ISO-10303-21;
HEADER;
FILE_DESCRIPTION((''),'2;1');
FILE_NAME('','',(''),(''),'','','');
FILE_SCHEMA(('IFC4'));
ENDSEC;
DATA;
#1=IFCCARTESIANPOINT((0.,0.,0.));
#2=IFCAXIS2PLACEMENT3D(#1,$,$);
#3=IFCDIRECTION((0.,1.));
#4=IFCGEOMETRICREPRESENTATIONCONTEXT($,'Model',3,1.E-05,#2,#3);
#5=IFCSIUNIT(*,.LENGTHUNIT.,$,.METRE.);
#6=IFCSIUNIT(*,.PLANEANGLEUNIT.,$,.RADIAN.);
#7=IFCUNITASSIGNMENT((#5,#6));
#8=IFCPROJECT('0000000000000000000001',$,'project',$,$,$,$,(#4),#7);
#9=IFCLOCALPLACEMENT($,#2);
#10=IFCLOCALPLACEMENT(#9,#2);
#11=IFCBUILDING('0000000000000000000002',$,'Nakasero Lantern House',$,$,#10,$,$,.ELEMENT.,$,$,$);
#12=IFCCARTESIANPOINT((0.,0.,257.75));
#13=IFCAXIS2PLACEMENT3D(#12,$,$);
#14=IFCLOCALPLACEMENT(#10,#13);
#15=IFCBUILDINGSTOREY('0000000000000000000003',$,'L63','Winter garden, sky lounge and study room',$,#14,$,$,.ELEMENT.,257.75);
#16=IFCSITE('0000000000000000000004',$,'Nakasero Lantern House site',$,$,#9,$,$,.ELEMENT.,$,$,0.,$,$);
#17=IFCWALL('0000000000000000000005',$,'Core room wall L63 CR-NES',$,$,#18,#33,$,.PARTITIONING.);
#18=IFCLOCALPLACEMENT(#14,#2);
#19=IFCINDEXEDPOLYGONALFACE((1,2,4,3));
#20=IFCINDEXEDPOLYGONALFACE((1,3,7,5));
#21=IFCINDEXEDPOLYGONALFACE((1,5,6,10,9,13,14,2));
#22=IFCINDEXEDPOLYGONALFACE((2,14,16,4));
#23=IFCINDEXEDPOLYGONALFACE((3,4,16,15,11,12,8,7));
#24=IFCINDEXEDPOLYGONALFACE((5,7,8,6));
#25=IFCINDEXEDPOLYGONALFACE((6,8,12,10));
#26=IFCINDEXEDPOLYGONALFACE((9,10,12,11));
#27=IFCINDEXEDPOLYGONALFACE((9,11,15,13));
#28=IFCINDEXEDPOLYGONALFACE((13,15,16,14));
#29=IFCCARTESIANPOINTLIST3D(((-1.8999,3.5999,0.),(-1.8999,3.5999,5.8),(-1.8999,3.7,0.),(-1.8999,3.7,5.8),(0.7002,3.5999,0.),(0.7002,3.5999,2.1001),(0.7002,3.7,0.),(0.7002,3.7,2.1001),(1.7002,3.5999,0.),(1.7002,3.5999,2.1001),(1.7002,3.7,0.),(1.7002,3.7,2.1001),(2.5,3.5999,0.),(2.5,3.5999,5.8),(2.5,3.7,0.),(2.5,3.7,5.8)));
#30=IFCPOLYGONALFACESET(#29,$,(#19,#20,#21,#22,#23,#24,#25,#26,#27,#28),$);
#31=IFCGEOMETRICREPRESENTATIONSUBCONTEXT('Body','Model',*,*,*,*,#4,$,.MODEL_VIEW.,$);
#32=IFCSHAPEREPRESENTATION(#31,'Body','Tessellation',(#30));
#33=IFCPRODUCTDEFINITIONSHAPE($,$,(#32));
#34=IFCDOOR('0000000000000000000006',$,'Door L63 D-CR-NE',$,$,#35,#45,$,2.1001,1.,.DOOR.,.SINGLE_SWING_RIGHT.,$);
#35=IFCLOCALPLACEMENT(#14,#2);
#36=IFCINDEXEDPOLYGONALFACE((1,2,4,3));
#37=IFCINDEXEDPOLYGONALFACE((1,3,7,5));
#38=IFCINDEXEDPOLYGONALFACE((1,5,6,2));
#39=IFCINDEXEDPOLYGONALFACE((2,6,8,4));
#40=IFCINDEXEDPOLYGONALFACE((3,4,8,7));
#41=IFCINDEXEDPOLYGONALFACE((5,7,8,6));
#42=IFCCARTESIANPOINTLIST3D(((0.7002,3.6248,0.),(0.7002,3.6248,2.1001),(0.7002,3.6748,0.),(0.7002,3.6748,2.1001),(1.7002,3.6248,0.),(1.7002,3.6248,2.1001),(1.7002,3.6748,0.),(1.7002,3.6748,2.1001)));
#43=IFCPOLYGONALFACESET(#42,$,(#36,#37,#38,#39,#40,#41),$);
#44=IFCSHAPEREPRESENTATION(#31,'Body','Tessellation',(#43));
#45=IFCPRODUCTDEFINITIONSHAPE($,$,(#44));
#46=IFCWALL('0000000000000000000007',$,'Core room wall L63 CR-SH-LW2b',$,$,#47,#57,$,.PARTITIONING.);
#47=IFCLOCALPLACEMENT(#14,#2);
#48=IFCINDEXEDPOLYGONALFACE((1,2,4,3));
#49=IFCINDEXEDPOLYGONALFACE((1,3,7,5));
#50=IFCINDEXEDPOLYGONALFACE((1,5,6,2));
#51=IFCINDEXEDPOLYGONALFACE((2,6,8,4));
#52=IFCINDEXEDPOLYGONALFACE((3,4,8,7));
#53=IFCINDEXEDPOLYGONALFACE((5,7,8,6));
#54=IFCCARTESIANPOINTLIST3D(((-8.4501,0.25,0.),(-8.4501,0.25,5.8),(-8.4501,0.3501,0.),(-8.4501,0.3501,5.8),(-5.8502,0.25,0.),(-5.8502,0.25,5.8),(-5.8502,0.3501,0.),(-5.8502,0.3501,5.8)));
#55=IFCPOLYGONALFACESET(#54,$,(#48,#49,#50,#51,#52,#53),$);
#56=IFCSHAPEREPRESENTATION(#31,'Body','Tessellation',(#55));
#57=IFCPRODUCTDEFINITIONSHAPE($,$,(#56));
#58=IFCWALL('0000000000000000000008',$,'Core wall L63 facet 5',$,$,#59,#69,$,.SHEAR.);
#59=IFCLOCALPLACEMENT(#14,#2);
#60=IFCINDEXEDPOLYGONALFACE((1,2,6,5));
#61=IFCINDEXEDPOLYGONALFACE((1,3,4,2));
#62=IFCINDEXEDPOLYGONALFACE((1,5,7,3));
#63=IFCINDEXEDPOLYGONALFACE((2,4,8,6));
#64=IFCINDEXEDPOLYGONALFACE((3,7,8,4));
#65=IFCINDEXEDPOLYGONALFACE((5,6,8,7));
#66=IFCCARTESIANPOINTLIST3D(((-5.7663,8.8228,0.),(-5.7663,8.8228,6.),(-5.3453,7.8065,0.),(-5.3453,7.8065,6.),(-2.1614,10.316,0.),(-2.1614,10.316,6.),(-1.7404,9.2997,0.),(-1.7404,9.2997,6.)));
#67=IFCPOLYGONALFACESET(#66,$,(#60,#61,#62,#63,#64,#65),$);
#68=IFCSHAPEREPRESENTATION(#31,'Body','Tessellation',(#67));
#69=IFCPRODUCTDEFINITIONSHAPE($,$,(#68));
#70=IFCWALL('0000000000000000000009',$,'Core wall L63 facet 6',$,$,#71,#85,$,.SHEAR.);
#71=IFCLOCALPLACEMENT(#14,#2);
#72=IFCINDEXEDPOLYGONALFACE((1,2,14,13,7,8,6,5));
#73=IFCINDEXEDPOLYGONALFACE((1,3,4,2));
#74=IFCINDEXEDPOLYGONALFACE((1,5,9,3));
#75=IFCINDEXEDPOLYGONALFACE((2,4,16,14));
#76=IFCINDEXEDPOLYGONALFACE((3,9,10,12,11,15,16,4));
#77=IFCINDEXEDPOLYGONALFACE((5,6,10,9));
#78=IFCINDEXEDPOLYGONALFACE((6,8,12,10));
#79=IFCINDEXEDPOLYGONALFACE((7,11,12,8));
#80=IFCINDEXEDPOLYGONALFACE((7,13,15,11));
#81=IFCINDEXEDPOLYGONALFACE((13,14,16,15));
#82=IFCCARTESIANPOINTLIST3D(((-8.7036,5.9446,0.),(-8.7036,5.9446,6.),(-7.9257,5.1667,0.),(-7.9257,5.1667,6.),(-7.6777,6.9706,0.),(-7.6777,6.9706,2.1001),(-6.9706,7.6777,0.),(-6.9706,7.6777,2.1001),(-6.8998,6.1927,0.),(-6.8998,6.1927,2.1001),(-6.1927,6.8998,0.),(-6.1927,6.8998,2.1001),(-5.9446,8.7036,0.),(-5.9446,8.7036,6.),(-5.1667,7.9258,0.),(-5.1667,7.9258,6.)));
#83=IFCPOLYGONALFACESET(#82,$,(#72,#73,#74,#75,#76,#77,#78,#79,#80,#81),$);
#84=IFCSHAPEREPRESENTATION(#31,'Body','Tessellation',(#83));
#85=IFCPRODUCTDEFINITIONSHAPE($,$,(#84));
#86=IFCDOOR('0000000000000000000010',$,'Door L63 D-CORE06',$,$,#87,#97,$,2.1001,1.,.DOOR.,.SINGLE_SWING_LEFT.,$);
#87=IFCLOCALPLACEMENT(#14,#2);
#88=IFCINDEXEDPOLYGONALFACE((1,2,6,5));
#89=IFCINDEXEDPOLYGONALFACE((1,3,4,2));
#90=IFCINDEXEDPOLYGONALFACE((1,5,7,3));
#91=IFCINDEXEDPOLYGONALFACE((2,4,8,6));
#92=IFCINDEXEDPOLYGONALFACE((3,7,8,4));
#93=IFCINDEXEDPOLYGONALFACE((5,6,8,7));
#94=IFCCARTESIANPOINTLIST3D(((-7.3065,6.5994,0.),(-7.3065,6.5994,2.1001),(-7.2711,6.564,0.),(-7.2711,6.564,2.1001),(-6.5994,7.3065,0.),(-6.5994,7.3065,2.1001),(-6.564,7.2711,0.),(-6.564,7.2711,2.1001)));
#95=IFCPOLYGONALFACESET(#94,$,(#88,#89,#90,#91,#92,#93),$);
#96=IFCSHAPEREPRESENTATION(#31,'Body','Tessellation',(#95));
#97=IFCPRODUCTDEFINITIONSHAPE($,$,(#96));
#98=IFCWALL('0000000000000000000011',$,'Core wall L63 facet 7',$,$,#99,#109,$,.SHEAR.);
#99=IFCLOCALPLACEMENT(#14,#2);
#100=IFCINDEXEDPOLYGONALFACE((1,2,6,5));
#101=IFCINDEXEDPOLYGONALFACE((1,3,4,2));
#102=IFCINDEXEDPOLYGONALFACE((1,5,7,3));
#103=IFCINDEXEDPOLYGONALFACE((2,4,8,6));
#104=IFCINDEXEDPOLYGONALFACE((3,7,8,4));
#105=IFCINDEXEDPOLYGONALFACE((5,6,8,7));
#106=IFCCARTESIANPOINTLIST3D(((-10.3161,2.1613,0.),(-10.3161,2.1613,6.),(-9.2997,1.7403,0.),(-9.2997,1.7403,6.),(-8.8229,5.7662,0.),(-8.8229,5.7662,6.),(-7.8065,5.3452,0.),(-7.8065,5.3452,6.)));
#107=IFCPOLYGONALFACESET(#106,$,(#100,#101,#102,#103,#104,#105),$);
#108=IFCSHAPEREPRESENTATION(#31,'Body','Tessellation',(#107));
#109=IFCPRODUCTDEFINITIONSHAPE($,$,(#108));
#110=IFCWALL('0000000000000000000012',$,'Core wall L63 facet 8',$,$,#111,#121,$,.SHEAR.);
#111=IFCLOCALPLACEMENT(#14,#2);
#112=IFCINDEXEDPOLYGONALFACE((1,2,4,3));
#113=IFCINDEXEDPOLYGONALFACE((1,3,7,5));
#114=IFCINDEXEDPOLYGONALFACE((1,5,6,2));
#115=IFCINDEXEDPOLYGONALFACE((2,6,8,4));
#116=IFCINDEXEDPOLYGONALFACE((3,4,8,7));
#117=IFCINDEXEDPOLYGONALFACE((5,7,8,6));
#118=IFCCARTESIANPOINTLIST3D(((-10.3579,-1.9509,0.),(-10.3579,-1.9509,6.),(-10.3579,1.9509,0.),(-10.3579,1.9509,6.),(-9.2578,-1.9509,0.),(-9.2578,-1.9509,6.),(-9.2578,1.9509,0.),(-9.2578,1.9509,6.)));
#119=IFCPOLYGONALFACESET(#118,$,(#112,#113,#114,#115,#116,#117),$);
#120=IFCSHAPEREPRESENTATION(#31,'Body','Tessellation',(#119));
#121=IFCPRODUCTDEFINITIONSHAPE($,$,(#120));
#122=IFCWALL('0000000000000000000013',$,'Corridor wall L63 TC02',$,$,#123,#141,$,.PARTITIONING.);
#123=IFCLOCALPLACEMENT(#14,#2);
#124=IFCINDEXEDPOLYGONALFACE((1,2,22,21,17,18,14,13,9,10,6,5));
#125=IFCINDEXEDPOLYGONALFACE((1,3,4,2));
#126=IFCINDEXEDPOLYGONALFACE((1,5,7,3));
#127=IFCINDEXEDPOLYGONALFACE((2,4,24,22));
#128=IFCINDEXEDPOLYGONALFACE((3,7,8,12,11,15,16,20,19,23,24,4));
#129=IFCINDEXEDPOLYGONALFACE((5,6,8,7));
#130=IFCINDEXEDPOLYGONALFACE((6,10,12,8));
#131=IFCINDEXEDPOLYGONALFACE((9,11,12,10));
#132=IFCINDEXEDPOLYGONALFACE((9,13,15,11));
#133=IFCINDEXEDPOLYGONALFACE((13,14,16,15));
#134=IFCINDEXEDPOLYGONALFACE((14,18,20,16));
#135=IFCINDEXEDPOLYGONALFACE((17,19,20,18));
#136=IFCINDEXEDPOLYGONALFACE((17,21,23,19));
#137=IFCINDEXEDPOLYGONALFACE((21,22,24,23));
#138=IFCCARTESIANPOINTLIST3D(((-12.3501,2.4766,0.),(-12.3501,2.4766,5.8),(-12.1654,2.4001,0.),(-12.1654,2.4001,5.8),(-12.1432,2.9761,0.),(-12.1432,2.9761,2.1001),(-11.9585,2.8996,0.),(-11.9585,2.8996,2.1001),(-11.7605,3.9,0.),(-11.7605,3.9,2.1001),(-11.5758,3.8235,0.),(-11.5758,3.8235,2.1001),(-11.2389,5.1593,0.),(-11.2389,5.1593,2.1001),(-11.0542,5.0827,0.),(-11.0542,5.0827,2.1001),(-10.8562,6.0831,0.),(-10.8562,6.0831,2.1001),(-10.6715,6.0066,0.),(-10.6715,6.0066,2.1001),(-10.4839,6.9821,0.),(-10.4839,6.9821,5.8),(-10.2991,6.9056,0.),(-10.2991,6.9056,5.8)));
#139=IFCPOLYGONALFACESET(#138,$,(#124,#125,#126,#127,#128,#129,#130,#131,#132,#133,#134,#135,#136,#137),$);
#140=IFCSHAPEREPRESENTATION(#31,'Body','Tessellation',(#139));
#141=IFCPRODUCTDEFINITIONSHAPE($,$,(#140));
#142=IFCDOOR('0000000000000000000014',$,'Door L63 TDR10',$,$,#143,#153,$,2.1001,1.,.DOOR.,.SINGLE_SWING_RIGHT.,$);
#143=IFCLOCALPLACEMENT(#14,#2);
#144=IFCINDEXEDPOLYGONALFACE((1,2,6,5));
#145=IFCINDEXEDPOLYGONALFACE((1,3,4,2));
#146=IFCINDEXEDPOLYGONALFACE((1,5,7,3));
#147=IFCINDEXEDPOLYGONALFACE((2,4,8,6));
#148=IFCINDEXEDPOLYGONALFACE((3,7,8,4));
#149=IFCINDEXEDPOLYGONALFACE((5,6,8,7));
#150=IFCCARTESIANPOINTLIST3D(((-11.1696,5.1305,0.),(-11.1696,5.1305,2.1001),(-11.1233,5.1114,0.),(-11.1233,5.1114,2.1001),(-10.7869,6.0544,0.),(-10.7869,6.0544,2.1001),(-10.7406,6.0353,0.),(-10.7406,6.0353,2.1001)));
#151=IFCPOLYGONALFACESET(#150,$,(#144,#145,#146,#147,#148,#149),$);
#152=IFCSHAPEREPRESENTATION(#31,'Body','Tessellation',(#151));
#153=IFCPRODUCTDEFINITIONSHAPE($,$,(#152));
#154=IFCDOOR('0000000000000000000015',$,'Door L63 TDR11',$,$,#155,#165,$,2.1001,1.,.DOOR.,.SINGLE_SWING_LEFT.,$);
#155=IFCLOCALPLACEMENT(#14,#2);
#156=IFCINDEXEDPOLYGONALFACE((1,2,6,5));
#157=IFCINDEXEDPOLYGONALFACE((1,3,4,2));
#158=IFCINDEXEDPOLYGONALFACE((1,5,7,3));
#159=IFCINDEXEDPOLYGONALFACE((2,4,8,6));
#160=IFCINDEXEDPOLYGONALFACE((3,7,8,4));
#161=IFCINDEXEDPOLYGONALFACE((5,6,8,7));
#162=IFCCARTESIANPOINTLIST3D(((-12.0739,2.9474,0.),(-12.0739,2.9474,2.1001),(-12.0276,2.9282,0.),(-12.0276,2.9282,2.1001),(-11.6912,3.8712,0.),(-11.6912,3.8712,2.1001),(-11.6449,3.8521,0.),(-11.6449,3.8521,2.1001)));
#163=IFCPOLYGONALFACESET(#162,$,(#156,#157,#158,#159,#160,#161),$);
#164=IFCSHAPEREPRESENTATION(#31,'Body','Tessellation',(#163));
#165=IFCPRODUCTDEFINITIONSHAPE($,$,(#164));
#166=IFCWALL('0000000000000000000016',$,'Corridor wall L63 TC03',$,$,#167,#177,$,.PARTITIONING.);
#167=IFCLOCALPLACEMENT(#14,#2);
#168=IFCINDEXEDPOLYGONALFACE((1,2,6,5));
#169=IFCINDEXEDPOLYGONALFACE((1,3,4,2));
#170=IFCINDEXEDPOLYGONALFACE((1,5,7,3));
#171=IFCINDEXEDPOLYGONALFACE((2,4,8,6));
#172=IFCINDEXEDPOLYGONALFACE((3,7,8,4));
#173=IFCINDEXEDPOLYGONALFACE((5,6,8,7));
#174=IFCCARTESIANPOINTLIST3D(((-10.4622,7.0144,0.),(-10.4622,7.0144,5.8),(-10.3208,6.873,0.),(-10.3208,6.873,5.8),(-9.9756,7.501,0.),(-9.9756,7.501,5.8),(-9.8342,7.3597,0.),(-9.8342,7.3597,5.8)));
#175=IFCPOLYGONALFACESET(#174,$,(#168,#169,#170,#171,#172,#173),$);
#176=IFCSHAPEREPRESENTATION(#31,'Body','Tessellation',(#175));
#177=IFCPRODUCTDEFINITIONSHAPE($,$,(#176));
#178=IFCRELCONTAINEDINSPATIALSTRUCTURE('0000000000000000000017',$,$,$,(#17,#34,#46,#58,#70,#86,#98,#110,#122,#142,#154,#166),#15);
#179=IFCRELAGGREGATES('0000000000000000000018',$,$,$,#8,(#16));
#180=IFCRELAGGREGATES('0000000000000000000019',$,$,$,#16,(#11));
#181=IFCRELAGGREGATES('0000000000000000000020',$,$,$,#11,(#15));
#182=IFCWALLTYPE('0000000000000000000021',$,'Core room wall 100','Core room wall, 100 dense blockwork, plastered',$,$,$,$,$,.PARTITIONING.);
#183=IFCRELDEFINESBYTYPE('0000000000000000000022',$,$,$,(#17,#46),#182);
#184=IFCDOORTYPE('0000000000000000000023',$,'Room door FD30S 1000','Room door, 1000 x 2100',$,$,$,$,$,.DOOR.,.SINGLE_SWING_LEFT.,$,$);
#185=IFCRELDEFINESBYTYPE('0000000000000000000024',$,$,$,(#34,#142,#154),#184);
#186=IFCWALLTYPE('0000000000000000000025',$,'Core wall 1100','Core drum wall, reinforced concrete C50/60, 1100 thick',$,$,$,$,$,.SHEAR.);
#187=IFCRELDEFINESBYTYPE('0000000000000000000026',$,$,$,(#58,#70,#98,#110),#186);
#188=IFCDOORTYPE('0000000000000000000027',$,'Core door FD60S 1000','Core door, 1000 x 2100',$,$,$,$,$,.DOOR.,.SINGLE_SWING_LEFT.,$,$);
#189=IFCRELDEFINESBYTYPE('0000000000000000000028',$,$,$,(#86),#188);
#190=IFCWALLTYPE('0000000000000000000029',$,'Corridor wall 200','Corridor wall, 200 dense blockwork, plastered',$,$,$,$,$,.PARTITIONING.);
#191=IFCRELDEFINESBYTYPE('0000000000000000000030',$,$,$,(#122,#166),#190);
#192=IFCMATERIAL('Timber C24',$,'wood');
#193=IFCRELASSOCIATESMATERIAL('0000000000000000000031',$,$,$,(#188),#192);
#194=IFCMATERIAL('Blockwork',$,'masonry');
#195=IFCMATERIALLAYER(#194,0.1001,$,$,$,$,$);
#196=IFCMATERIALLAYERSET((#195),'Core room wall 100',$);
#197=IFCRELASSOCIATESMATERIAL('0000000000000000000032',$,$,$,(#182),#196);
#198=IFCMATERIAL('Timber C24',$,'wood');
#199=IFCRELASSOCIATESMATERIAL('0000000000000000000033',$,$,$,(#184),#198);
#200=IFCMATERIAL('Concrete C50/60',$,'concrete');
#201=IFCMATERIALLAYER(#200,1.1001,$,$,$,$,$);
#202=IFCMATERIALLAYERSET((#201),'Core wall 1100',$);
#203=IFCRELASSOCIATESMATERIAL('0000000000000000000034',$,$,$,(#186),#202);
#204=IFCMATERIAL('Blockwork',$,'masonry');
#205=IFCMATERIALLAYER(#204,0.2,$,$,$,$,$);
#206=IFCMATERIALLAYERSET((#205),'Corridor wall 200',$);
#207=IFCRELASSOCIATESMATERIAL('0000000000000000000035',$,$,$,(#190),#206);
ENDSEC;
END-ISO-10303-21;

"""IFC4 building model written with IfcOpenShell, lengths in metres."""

from ifc_helpers import new_model, si_unit, direction, frame, frame_2d, origin, place, context, subcontext, project, spatial, rectangle, extrude, material, layer, layer_set, type_object, element, fill, save


model = new_model("IFC4")

# Units and contexts
model_context = context("Model", 3, precision=1e-05, world=origin(), true_north=direction((0.0, 1.0)))
body_context = subcontext(model_context, "Body", "Model", "MODEL_VIEW")
ifc_project = project(units=[si_unit("LENGTHUNIT", "METRE"), si_unit("PLANEANGLEUNIT", "RADIAN")], contexts=[model_context])

# Site, building, storey
site_placement = place(None, origin())
site = spatial("IfcSite", under=ifc_project, at=site_placement, Name="Nakasero Lantern House site", CompositionType="ELEMENT", RefElevation=0.0)
building_placement = place(site_placement, origin())
building = spatial("IfcBuilding", under=site, at=building_placement, Name="Nakasero Lantern House", CompositionType="ELEMENT")
storey_placement = place(building_placement, frame((0.0, 0.0, 257.75)))
storey = spatial("IfcBuildingStorey", under=building, at=storey_placement, Name="L63", Description="Winter garden, sky lounge and study room", CompositionType="ELEMENT", Elevation=257.75)

# Shared definitions
ifc_material_1 = material(Name="Timber C24", Category="wood")
door_type_1 = type_object("IfcDoorType", Name="Core door FD60S 1000", Description="Core door, 1000 x 2100", OperationType="SINGLE_SWING_LEFT", PredefinedType="DOOR", material=ifc_material_1)

# Wall, opening, door
ifc_material_2 = material(Name="Blockwork", Category="masonry")
ifc_layer_1 = layer(ifc_material_2, 0.1001)
ifc_layer_set_1 = layer_set([ifc_layer_1], Name="Core room wall 100")
wall_type_1 = type_object("IfcWallType", Name="Core room wall 100", Description="Core room wall, 100 dense blockwork, plastered", PredefinedType="PARTITIONING", material=ifc_layer_set_1)
wall_1_placement = place(storey_placement, frame((-1.8999, 3.6499, 0.0), z_axis=(0.0, 0.0, 1.0), x_axis=(1.0, 0.0, 0.0)))
wall_1 = element("IfcWall", 1, at=wall_1_placement, inside=storey, type_object=wall_type_1, Name="Core room wall L63 CR-NES", PredefinedType="PARTITIONING", context=body_context, shape_type="SweptSolid", body=[
    extrude(rectangle(XDim=4.3999, YDim=0.1001, at=frame_2d((2.2, 0.0))), origin(), (0.0, 0.0, 1.0), 5.8),
])
opening_1_placement = place(wall_1_placement, frame((2.6001, 0.0, 0.0)))
opening_1 = element("IfcOpeningElement", 2, at=opening_1_placement, cuts=wall_1, PredefinedType="OPENING", context=body_context, shape_type="SweptSolid", body=[
    extrude(rectangle(XDim=1.0, YDim=2.1001, at=frame_2d((0.5, 1.05))), frame((0.0, 0.0701, 0.0), z_axis=(0.0, -1.0, 0.0), x_axis=(1.0, 0.0, 0.0)), (0.0, 0.0, 1.0), 0.1401),
])
ifc_material_3 = material(Name="Timber C24", Category="wood")
door_type_2 = type_object("IfcDoorType", Name="Room door FD30S 1000", Description="Room door, 1000 x 2100", OperationType="SINGLE_SWING_LEFT", PredefinedType="DOOR", material=ifc_material_3)
door_1_placement = place(opening_1_placement, origin())
door_1 = element("IfcDoor", 3, at=door_1_placement, inside=storey, type_object=door_type_2, Name="Door L63 D-CR-NE", OperationType="SINGLE_SWING_RIGHT", OverallHeight=2.1001, OverallWidth=1.0, PredefinedType="DOOR", context=body_context, shape_type="SweptSolid", body=[
    extrude(rectangle(XDim=1.0, YDim=2.1001, at=frame_2d((0.5, 1.05))), frame((0.0, 0.0249, 0.0), z_axis=(0.0, -1.0, 0.0), x_axis=(1.0, 0.0, 0.0)), (0.0, 0.0, 1.0), 0.05),
])
fill(opening_1, door_1)

# Walls
wall_2_placement = place(storey_placement, frame((-8.45, 0.3, 0.0), z_axis=(0.0, 0.0, 1.0), x_axis=(1.0, 0.0, 0.0)))
element("IfcWall", 4, at=wall_2_placement, inside=storey, type_object=wall_type_1, Name="Core room wall L63 CR-SH-LW2b", PredefinedType="PARTITIONING", context=body_context, shape_type="SweptSolid", body=[
    extrude(rectangle(XDim=2.5999, YDim=0.1001, at=frame_2d((1.2998, 0.0))), origin(), (0.0, 0.0, 1.0), 5.8),
])
ifc_material_4 = material(Name="Concrete C50/60", Category="concrete")
ifc_layer_2 = layer(ifc_material_4, 1.1001)
ifc_layer_set_2 = layer_set([ifc_layer_2], Name="Core wall 1100")
wall_type_2 = type_object("IfcWallType", Name="Core wall 1100", Description="Core drum wall, reinforced concrete C50/60, 1100 thick", PredefinedType="SHEAR", material=ifc_layer_set_2)
wall_3_placement = place(storey_placement, frame((-1.9509, 9.8079, 0.0), z_axis=(0.0, 0.0, 1.0), x_axis=(-0.923877, -0.382691, 0.0)))
element("IfcWall", 5, at=wall_3_placement, inside=storey, type_object=wall_type_2, Name="Core wall L63 facet 5", PredefinedType="SHEAR", context=body_context, shape_type="SweptSolid", body=[
    extrude(rectangle(XDim=3.9019, YDim=1.1001, at=frame_2d((1.9509, 0.0))), origin(), (0.0, 0.0, 1.0), 6.0),
])

# Wall, opening, door
wall_4_placement = place(storey_placement, frame((-5.5557, 8.3147, 0.0), z_axis=(0.0, 0.0, 1.0), x_axis=(-0.707107, -0.707107, 0.0)))
wall_4 = element("IfcWall", 6, at=wall_4_placement, inside=storey, type_object=wall_type_2, Name="Core wall L63 facet 6", PredefinedType="SHEAR", context=body_context, shape_type="SweptSolid", body=[
    extrude(rectangle(XDim=3.9019, YDim=1.1001, at=frame_2d((1.9509, 0.0))), origin(), (0.0, 0.0, 1.0), 6.0),
])
opening_2_placement = place(wall_4_placement, frame((1.4509, 0.0, 0.0)))
opening_2 = element("IfcOpeningElement", 7, at=opening_2_placement, cuts=wall_4, PredefinedType="OPENING", context=body_context, shape_type="SweptSolid", body=[
    extrude(rectangle(XDim=1.0, YDim=2.1001, at=frame_2d((0.5, 1.05))), frame((0.0, 0.5701, 0.0), z_axis=(0.0, -1.0, 0.0), x_axis=(1.0, 0.0, 0.0)), (0.0, 0.0, 1.0), 1.1401),
])
door_2_placement = place(opening_2_placement, origin())
door_2 = element("IfcDoor", 8, at=door_2_placement, inside=storey, type_object=door_type_1, Name="Door L63 D-CORE06", OperationType="SINGLE_SWING_LEFT", OverallHeight=2.1001, OverallWidth=1.0, PredefinedType="DOOR", context=body_context, shape_type="SweptSolid", body=[
    extrude(rectangle(XDim=1.0, YDim=2.1001, at=frame_2d((0.5, 1.05))), frame((0.0, 0.0249, 0.0), z_axis=(0.0, -1.0, 0.0), x_axis=(1.0, 0.0, 0.0)), (0.0, 0.0, 1.0), 0.05),
])
fill(opening_2, door_2)

# Walls
for number, where, z_axis, x_axis, name in (
    (9, (-8.3147, 5.5557, 0.0), (0.0, 0.0, 1.0), (-0.382691, -0.923877, 0.0), "Core wall L63 facet 7"),
    (10, (-9.8079, 1.9509, 0.0), (0.0, 0.0, 1.0), (0.0, -1.0, 0.0), "Core wall L63 facet 8"),
):
    element("IfcWall", number, at=place(storey_placement, frame(where, z_axis=z_axis, x_axis=x_axis)), inside=storey, type_object=wall_type_2, Name=name, PredefinedType="SHEAR", context=body_context, shape_type="SweptSolid", body=[
        extrude(rectangle(XDim=3.9019, YDim=1.1001, at=frame_2d((1.9509, 0.0))), origin(), (0.0, 0.0, 1.0), 6.0),
    ])

# Wall, openings, doors
ifc_material_5 = material(Name="Blockwork", Category="masonry")
ifc_layer_3 = layer(ifc_material_5, 0.2)
ifc_layer_set_3 = layer_set([ifc_layer_3], Name="Corridor wall 200")
wall_type_3 = type_object("IfcWallType", Name="Corridor wall 200", Description="Corridor wall, 200 dense blockwork, plastered", PredefinedType="PARTITIONING", material=ifc_layer_set_3)
wall_5_placement = place(storey_placement, frame((-12.2578, 2.4382, 0.0), z_axis=(0.0, 0.0, 1.0), x_axis=(0.382688, 0.923878, 0.0)))
wall_5 = element("IfcWall", 11, at=wall_5_placement, inside=storey, type_object=wall_type_3, Name="Corridor wall L63 TC02", PredefinedType="PARTITIONING", context=body_context, shape_type="SweptSolid", body=[
    extrude(rectangle(XDim=4.8767, YDim=0.2, at=frame_2d((2.4385, 0.0))), origin(), (0.0, 0.0, 1.0), 5.8),
])
opening_3_placement = place(wall_5_placement, frame((2.9038, 0.0, 0.0)))
opening_3 = element("IfcOpeningElement", 12, at=opening_3_placement, cuts=wall_5, PredefinedType="OPENING", context=body_context, shape_type="SweptSolid", body=[
    extrude(rectangle(XDim=1.0, YDim=2.1001, at=frame_2d((0.5, 1.05))), frame((0.0, 0.1199, 0.0), z_axis=(0.0, -1.0, 0.0), x_axis=(1.0, 0.0, 0.0)), (0.0, 0.0, 1.0), 0.24),
])
opening_4_placement = place(wall_5_placement, frame((0.5408, 0.0, 0.0)))
opening_4 = element("IfcOpeningElement", 13, at=opening_4_placement, cuts=wall_5, PredefinedType="OPENING", context=body_context, shape_type="SweptSolid", body=[
    extrude(rectangle(XDim=1.0, YDim=2.1001, at=frame_2d((0.5, 1.05))), frame((0.0, 0.1199, 0.0), z_axis=(0.0, -1.0, 0.0), x_axis=(1.0, 0.0, 0.0)), (0.0, 0.0, 1.0), 0.24),
])
door_3_placement = place(opening_3_placement, origin())
door_3 = element("IfcDoor", 14, at=door_3_placement, inside=storey, type_object=door_type_2, Name="Door L63 TDR10", OperationType="SINGLE_SWING_RIGHT", OverallHeight=2.1001, OverallWidth=1.0, PredefinedType="DOOR", context=body_context, shape_type="SweptSolid", body=[
    extrude(rectangle(XDim=1.0, YDim=2.1001, at=frame_2d((0.5, 1.05))), frame((0.0, 0.0249, 0.0), z_axis=(0.0, -1.0, 0.0), x_axis=(1.0, 0.0, 0.0)), (0.0, 0.0, 1.0), 0.05),
])
fill(opening_3, door_3)
door_4_placement = place(opening_4_placement, origin())
door_4 = element("IfcDoor", 15, at=door_4_placement, inside=storey, type_object=door_type_2, Name="Door L63 TDR11", OperationType="SINGLE_SWING_LEFT", OverallHeight=2.1001, OverallWidth=1.0, PredefinedType="DOOR", context=body_context, shape_type="SweptSolid", body=[
    extrude(rectangle(XDim=1.0, YDim=2.1001, at=frame_2d((0.5, 1.05))), frame((0.0, 0.0249, 0.0), z_axis=(0.0, -1.0, 0.0), x_axis=(1.0, 0.0, 0.0)), (0.0, 0.0, 1.0), 0.05),
])
fill(opening_4, door_4)

# Wall
wall_6_placement = place(storey_placement, frame((-10.3916, 6.9436, 0.0), z_axis=(0.0, 0.0, 1.0), x_axis=(0.707107, 0.707107, 0.0)))
element("IfcWall", 16, at=wall_6_placement, inside=storey, type_object=wall_type_3, Name="Corridor wall L63 TC03", PredefinedType="PARTITIONING", context=body_context, shape_type="SweptSolid", body=[
    extrude(rectangle(XDim=0.6882, YDim=0.2, at=frame_2d((0.3442, 0.0))), origin(), (0.0, 0.0, 1.0), 5.8),
])

save(model, "model.ifc")
